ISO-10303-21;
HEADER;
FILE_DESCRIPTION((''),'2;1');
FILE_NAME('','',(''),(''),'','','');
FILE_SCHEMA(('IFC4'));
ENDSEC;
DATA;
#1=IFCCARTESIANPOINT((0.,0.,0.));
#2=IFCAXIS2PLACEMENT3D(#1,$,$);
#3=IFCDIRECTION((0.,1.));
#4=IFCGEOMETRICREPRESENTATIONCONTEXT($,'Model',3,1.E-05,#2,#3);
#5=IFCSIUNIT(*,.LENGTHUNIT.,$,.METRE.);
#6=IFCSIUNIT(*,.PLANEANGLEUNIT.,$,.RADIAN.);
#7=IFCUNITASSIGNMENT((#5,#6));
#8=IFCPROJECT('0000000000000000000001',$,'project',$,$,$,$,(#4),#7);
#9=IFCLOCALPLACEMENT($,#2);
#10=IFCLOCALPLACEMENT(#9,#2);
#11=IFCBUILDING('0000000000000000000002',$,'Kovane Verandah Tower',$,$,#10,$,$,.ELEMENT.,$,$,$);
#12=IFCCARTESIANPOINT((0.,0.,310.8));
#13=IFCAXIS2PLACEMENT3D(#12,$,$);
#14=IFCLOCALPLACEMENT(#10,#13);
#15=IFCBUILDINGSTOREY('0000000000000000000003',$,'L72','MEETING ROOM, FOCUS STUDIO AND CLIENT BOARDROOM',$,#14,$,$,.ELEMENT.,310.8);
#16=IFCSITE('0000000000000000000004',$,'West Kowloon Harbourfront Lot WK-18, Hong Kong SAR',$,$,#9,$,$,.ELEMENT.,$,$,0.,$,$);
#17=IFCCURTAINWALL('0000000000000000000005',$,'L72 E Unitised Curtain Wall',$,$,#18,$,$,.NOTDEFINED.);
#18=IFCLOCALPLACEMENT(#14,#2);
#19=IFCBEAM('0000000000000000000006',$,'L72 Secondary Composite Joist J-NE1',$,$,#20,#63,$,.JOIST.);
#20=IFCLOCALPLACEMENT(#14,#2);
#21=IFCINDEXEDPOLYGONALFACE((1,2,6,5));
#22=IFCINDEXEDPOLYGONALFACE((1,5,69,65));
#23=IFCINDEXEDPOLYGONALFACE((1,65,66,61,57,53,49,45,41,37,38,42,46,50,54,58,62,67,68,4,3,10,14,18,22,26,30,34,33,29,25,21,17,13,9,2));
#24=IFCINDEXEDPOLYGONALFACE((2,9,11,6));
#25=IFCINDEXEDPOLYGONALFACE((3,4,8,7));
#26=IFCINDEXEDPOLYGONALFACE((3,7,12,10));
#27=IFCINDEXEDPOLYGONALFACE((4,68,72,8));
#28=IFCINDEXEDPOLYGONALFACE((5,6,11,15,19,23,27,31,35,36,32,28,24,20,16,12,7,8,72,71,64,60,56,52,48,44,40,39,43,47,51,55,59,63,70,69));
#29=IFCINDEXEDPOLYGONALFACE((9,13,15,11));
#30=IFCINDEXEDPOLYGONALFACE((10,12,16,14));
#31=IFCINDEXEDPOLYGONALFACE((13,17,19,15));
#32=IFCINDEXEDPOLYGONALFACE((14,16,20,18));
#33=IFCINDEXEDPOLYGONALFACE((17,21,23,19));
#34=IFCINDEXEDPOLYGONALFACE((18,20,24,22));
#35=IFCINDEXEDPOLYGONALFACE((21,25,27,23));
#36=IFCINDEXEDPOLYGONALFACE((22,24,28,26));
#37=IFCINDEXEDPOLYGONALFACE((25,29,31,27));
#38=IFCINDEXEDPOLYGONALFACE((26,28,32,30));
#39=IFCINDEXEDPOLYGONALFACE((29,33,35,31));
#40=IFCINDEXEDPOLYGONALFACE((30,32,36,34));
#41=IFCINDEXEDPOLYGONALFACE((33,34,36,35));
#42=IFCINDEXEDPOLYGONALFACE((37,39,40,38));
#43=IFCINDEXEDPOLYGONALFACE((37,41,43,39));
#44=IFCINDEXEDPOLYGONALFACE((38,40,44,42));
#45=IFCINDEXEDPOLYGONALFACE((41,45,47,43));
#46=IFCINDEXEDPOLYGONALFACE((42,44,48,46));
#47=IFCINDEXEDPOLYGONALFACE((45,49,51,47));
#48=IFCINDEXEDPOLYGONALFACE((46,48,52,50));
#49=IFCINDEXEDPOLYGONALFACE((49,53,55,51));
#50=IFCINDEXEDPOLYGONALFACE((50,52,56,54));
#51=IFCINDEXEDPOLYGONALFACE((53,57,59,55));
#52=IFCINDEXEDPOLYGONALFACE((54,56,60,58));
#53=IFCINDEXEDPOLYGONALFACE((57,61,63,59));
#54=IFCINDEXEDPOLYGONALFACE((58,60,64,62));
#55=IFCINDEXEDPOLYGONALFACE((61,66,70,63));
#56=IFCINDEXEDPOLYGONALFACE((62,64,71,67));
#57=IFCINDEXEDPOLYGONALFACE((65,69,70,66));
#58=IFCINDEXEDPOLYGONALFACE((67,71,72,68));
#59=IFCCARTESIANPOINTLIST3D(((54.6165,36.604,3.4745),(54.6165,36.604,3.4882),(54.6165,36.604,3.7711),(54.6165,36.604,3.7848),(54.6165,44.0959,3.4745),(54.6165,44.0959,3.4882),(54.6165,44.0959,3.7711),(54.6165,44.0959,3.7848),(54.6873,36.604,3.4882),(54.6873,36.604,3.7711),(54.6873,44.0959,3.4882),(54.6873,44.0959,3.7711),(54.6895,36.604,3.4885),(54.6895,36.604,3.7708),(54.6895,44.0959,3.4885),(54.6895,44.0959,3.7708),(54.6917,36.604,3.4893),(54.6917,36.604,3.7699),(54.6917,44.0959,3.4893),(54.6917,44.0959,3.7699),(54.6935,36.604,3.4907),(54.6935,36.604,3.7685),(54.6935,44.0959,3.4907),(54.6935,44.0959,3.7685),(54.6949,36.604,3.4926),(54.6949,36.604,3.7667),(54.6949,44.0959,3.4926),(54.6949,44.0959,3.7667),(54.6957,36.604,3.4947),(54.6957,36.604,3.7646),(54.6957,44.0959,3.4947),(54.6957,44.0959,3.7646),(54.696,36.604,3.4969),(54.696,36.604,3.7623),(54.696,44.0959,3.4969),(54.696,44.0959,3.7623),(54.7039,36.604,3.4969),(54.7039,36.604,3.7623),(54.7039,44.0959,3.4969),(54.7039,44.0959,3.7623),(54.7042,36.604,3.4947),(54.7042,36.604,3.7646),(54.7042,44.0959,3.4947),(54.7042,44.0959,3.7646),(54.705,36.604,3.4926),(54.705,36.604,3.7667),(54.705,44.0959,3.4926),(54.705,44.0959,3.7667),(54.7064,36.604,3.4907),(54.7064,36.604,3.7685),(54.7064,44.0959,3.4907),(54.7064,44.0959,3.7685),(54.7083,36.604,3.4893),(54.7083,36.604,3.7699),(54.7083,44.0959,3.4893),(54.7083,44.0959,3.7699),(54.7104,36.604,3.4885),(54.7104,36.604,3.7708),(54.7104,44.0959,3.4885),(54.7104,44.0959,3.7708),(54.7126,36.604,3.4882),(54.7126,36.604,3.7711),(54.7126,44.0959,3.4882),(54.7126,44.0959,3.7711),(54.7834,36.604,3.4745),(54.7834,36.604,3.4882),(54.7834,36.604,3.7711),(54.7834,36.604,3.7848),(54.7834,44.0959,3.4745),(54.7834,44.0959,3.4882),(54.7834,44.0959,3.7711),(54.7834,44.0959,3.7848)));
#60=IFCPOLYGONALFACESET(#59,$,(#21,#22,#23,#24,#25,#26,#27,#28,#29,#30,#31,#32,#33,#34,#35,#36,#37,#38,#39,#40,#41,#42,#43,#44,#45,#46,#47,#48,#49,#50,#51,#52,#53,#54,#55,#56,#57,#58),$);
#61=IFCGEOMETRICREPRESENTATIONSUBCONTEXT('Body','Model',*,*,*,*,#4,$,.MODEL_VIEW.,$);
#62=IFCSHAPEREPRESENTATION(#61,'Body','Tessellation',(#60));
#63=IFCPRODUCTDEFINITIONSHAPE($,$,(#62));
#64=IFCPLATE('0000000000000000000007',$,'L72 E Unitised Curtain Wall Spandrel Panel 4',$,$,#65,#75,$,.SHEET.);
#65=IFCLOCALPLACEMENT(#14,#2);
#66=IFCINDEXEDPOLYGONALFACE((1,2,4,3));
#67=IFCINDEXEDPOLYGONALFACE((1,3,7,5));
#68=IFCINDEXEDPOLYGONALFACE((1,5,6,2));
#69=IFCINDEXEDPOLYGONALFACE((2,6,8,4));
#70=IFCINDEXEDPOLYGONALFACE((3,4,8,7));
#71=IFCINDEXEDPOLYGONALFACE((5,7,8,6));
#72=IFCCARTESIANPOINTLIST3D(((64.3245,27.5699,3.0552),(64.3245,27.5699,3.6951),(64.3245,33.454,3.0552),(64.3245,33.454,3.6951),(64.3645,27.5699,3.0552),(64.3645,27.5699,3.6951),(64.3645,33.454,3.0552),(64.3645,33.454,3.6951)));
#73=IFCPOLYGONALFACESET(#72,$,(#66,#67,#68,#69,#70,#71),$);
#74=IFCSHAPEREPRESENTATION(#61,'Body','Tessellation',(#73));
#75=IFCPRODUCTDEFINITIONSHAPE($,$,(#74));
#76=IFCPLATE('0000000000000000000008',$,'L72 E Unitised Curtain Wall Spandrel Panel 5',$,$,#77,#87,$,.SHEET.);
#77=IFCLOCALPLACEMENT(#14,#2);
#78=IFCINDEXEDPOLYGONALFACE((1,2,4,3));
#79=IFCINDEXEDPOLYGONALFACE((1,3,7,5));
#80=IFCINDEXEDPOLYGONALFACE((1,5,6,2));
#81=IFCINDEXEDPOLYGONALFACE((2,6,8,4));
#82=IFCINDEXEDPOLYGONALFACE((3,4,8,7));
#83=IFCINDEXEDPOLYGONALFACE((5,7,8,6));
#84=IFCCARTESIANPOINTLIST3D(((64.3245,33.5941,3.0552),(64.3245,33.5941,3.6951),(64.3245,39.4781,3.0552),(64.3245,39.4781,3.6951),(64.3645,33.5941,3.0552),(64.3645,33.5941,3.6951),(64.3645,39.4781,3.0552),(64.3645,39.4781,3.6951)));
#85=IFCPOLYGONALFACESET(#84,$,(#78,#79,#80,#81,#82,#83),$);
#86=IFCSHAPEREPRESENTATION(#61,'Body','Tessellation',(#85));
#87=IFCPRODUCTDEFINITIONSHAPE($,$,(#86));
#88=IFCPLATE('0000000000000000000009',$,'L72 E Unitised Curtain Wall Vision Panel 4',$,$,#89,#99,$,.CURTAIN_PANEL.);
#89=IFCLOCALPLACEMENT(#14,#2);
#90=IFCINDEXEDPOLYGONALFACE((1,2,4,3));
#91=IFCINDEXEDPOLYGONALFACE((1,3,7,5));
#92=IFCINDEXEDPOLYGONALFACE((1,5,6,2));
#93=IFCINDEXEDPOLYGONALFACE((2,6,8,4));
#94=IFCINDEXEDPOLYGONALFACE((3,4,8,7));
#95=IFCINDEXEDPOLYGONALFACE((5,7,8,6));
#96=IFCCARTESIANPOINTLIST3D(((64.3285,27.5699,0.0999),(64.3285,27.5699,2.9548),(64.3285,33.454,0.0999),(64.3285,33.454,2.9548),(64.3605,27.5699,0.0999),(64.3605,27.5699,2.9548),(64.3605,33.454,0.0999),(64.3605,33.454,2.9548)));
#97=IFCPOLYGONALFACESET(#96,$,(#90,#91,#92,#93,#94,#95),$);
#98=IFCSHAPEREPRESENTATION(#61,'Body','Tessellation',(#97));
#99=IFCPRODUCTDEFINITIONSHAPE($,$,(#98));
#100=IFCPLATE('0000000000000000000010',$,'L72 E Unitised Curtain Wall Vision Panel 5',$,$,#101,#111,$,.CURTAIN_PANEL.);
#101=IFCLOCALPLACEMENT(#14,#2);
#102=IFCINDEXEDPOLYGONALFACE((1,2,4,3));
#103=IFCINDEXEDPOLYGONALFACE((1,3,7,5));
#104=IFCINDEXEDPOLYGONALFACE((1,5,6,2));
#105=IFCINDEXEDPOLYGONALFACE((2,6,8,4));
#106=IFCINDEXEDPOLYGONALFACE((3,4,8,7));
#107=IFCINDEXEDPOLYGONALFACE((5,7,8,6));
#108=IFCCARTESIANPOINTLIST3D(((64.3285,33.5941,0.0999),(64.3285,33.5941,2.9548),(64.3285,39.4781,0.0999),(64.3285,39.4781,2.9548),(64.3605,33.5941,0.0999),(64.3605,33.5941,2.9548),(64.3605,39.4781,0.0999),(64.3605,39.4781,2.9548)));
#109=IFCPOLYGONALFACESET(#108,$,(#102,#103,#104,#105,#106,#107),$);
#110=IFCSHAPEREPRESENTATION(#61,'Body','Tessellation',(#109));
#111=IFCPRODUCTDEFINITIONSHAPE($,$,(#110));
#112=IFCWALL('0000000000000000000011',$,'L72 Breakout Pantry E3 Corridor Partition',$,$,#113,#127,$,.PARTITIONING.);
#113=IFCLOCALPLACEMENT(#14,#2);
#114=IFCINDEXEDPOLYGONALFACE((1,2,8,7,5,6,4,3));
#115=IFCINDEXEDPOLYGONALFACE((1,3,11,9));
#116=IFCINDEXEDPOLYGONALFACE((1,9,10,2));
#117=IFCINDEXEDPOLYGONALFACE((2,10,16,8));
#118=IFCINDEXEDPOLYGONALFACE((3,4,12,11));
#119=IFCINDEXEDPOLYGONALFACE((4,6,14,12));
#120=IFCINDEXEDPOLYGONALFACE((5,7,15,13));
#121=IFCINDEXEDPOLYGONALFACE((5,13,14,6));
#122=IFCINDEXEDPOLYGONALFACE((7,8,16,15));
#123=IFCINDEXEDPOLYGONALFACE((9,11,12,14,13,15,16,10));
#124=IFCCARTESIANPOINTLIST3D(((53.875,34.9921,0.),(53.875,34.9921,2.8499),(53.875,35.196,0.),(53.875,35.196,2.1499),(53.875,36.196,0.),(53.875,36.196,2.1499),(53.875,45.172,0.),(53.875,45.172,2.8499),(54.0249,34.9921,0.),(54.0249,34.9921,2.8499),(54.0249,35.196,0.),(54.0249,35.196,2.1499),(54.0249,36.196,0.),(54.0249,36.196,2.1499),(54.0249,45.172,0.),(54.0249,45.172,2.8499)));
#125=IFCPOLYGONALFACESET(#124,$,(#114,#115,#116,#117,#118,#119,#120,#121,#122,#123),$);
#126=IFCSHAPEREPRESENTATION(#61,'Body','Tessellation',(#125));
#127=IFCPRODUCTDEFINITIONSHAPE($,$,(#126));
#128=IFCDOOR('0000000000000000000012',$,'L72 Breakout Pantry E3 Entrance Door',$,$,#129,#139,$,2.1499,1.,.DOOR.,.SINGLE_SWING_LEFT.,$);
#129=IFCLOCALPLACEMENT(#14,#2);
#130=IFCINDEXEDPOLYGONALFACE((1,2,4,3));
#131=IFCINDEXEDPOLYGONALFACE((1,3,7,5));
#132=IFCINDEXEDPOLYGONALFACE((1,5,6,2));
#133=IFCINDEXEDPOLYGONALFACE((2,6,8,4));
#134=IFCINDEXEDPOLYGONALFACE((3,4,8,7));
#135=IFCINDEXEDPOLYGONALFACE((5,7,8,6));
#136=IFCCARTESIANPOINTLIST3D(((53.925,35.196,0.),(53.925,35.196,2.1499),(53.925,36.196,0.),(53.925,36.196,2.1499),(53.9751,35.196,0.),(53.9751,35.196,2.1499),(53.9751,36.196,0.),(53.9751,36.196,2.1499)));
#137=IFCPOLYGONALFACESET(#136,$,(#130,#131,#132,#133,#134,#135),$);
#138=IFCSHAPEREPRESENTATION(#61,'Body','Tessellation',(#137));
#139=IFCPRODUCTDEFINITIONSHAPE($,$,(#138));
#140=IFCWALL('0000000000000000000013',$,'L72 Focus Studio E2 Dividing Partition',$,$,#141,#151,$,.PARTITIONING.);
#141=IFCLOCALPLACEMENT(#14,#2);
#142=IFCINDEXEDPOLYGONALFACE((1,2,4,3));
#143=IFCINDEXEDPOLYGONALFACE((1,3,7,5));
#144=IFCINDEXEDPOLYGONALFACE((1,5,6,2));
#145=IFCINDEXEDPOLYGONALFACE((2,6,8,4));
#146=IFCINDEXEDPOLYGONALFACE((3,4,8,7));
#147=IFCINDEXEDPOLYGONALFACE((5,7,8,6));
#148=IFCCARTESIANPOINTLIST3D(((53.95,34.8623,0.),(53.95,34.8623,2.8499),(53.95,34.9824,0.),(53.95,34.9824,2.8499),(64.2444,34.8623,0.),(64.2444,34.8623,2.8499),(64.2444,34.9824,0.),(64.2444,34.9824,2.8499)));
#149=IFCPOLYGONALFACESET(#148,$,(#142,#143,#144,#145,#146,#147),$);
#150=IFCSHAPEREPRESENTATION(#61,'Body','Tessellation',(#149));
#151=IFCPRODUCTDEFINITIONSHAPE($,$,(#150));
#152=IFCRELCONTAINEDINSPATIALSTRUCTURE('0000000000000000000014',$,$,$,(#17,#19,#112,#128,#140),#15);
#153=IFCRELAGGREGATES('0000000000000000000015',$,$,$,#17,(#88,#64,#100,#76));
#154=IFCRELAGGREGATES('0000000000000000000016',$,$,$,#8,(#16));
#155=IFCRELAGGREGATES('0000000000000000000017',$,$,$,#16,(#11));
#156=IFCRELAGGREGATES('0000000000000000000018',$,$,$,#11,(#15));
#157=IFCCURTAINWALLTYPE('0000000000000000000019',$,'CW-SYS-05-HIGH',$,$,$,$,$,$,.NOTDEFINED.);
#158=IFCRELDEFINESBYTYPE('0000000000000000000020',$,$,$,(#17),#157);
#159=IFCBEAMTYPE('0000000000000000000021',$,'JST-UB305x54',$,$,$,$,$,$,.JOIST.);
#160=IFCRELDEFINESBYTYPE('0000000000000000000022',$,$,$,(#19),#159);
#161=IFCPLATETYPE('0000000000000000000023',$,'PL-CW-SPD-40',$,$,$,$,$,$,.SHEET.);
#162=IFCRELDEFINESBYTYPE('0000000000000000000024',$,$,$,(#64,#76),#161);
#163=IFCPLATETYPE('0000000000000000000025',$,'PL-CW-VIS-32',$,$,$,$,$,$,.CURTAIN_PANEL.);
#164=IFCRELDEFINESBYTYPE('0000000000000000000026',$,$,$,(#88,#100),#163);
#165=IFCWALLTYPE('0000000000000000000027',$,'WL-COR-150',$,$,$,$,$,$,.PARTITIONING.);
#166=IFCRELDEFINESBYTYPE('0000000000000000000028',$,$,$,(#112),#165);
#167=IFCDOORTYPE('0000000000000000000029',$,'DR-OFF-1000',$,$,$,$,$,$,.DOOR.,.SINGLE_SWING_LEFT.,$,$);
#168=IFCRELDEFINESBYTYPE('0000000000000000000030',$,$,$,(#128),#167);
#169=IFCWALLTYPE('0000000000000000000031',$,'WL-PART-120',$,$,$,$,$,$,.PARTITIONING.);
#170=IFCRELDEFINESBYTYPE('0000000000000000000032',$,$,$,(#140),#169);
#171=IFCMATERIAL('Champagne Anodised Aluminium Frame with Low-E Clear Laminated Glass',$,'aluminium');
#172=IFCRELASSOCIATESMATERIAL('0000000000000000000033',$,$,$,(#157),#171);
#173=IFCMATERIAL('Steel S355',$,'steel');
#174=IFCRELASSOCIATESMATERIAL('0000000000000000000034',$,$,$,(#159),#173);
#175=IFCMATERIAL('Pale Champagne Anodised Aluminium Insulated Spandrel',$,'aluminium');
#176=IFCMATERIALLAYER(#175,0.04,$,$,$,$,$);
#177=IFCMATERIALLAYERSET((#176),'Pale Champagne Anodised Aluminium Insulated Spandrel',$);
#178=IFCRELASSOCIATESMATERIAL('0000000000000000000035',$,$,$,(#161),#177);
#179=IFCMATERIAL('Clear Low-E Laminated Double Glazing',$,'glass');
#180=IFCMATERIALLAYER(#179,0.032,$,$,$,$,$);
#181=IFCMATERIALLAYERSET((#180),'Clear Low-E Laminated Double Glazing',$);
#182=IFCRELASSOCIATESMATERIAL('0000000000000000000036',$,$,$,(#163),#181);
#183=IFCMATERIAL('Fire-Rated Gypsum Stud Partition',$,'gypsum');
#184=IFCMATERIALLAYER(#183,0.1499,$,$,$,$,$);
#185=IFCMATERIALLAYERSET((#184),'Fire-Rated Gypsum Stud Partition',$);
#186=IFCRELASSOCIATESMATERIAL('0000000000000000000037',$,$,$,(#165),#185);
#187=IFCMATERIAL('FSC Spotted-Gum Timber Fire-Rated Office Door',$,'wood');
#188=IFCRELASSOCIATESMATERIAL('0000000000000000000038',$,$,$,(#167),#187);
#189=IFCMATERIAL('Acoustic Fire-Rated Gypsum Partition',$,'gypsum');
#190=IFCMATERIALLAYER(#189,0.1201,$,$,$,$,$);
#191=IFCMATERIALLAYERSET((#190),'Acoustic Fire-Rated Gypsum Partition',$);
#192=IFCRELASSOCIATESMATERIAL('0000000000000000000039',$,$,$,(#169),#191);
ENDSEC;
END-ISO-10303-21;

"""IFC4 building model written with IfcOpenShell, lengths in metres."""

from ifc_helpers import new_model, si_unit, direction, frame, frame_2d, origin, origin_2d, place, context, subcontext, project, spatial, rectangle, i_section, extrude, material, layer, layer_set, material_profile, profile_set, type_object, element, fill, aggregate, save


model = new_model("IFC4")

# Units and contexts
model_context = context("Model", 3, precision=1e-05, world=origin(), true_north=direction((0.0, 1.0)))
body_context = subcontext(model_context, "Body", "Model", "MODEL_VIEW")
ifc_project = project(units=[si_unit("LENGTHUNIT", "METRE"), si_unit("PLANEANGLEUNIT", "RADIAN")], contexts=[model_context])

# Site, building, storey
site_placement = place(None, origin())
site = spatial("IfcSite", under=ifc_project, at=site_placement, Name="West Kowloon Harbourfront Lot WK-18, Hong Kong SAR", CompositionType="ELEMENT", RefElevation=0.0)
building_placement = place(site_placement, origin())
building = spatial("IfcBuilding", under=site, at=building_placement, Name="Kovane Verandah Tower", CompositionType="ELEMENT")
storey_placement = place(building_placement, frame((0.0, 0.0, 310.8)))
storey = spatial("IfcBuildingStorey", under=building, at=storey_placement, Name="L72", Description="MEETING ROOM, FOCUS STUDIO AND CLIENT BOARDROOM", CompositionType="ELEMENT", Elevation=310.8)

# Shared definitions
ifc_material_1 = material(Name="Steel S355", Category="steel")

# Curtain wall
ifc_material_2 = material(Name="Champagne Anodised Aluminium Frame with Low-E Clear Laminated Glass", Category="aluminium")
curtain_wall_type = type_object("IfcCurtainWallType", Name="CW-SYS-05-HIGH", PredefinedType="NOTDEFINED", material=ifc_material_2)
curtain_wall_placement = place(storey_placement, origin())
curtain_wall = element("IfcCurtainWall", 1, at=curtain_wall_placement, inside=storey, type_object=curtain_wall_type, Name="L72 E Unitised Curtain Wall", PredefinedType="NOTDEFINED")

# Beam
ifc_material_profile_1 = material_profile(ifc_material_1, i_section(OverallWidth=0.167, OverallDepth=0.3103, WebThickness=0.0078, FlangeThickness=0.0137, FilletRadius=0.0088, at=origin_2d()), Name="UB305x165x54")
ifc_profile_set_1 = profile_set([ifc_material_profile_1], Name="Steel S355")
beam_type_1 = type_object("IfcBeamType", Name="JST-UB305x54", PredefinedType="JOIST", material=ifc_profile_set_1)
beam_1_placement = place(storey_placement, frame((54.7, 36.604, 3.6296), z_axis=(0.0, 1.0, 0.0), x_axis=(-1.0, 0.0, 0.0)))
element("IfcBeam", 2, at=beam_1_placement, inside=storey, type_object=beam_type_1, Name="L72 Secondary Composite Joist J-NE1", PredefinedType="JOIST", context=body_context, shape_type="SweptSolid", body=[
    extrude(i_section(OverallWidth=0.167, OverallDepth=0.3103, WebThickness=0.0078, FlangeThickness=0.0137, FilletRadius=0.0088, at=origin_2d()), origin(), (0.0, 0.0, 1.0), 7.4919),
])

# Plates
ifc_material_3 = material(Name="Pale Champagne Anodised Aluminium Insulated Spandrel", Category="aluminium")
ifc_layer_1 = layer(ifc_material_3, 0.04)
ifc_layer_set_1 = layer_set([ifc_layer_1], Name="Pale Champagne Anodised Aluminium Insulated Spandrel")
plate_type_1 = type_object("IfcPlateType", Name="PL-CW-SPD-40", PredefinedType="SHEET", material=ifc_layer_set_1)
plate_1_placement = place(storey_placement, frame((64.3445, 30.512, 3.0552), z_axis=(0.0, 0.0, 1.0), x_axis=(0.0, 1.0, 0.0)))
plate_1 = element("IfcPlate", 3, at=plate_1_placement, type_object=plate_type_1, Name="L72 E Unitised Curtain Wall Spandrel Panel 4", PredefinedType="SHEET", context=body_context, shape_type="SweptSolid", body=[
    extrude(rectangle(XDim=5.884, YDim=0.04, at=origin_2d()), origin(), (0.0, 0.0, 1.0), 0.6399),
])
plate_2_placement = place(storey_placement, frame((64.3445, 36.5361, 3.0552), z_axis=(0.0, 0.0, 1.0), x_axis=(0.0, 1.0, 0.0)))
plate_2 = element("IfcPlate", 4, at=plate_2_placement, type_object=plate_type_1, Name="L72 E Unitised Curtain Wall Spandrel Panel 5", PredefinedType="SHEET", context=body_context, shape_type="SweptSolid", body=[
    extrude(rectangle(XDim=5.884, YDim=0.04, at=origin_2d()), origin(), (0.0, 0.0, 1.0), 0.6399),
])
ifc_material_4 = material(Name="Clear Low-E Laminated Double Glazing", Category="glass")
ifc_layer_2 = layer(ifc_material_4, 0.032)
ifc_layer_set_2 = layer_set([ifc_layer_2], Name="Clear Low-E Laminated Double Glazing")
plate_type_2 = type_object("IfcPlateType", Name="PL-CW-VIS-32", PredefinedType="CURTAIN_PANEL", material=ifc_layer_set_2)
plate_3_placement = place(storey_placement, frame((64.3445, 30.512, 0.0999), z_axis=(0.0, 0.0, 1.0), x_axis=(0.0, 1.0, 0.0)))
plate_3 = element("IfcPlate", 5, at=plate_3_placement, type_object=plate_type_2, Name="L72 E Unitised Curtain Wall Vision Panel 4", PredefinedType="CURTAIN_PANEL", context=body_context, shape_type="SweptSolid", body=[
    extrude(rectangle(XDim=5.884, YDim=0.032, at=origin_2d()), origin(), (0.0, 0.0, 1.0), 2.855),
])
plate_4_placement = place(storey_placement, frame((64.3445, 36.5361, 0.0999), z_axis=(0.0, 0.0, 1.0), x_axis=(0.0, 1.0, 0.0)))
plate_4 = element("IfcPlate", 6, at=plate_4_placement, type_object=plate_type_2, Name="L72 E Unitised Curtain Wall Vision Panel 5", PredefinedType="CURTAIN_PANEL", context=body_context, shape_type="SweptSolid", body=[
    extrude(rectangle(XDim=5.884, YDim=0.032, at=origin_2d()), origin(), (0.0, 0.0, 1.0), 2.855),
])
aggregate(curtain_wall, [plate_3, plate_1, plate_4, plate_2])

# Wall, opening, door
ifc_material_5 = material(Name="Fire-Rated Gypsum Stud Partition", Category="gypsum")
ifc_layer_3 = layer(ifc_material_5, 0.1499)
ifc_layer_set_3 = layer_set([ifc_layer_3], Name="Fire-Rated Gypsum Stud Partition")
wall_type_1 = type_object("IfcWallType", Name="WL-COR-150", PredefinedType="PARTITIONING", material=ifc_layer_set_3)
wall_1_placement = place(storey_placement, frame((53.95, 34.9922, 0.0), z_axis=(0.0, 0.0, 1.0), x_axis=(0.0, 1.0, 0.0)))
wall_1 = element("IfcWall", 7, at=wall_1_placement, inside=storey, type_object=wall_type_1, Name="L72 Breakout Pantry E3 Corridor Partition", PredefinedType="PARTITIONING", context=body_context, shape_type="SweptSolid", body=[
    extrude(rectangle(XDim=10.1799, YDim=0.1499, at=frame_2d((5.0898, 0.0))), origin(), (0.0, 0.0, 1.0), 2.8499),
])
opening_placement = place(wall_1_placement, frame((0.2039, 0.0, 0.0)))
opening = element("IfcOpeningElement", 8, at=opening_placement, cuts=wall_1, PredefinedType="OPENING", context=body_context, shape_type="SweptSolid", body=[
    extrude(rectangle(XDim=1.0, YDim=2.1499, at=frame_2d((0.5, 1.075))), frame((0.0, 0.075, 0.0), z_axis=(0.0, -1.0, 0.0), x_axis=(1.0, 0.0, 0.0)), (0.0, 0.0, 1.0), 0.1499),
])
ifc_material_6 = material(Name="FSC Spotted-Gum Timber Fire-Rated Office Door", Category="wood")
door_type = type_object("IfcDoorType", Name="DR-OFF-1000", OperationType="SINGLE_SWING_LEFT", PredefinedType="DOOR", material=ifc_material_6)
door_placement = place(opening_placement, origin())
door = element("IfcDoor", 9, at=door_placement, inside=storey, type_object=door_type, Name="L72 Breakout Pantry E3 Entrance Door", OperationType="SINGLE_SWING_LEFT", OverallHeight=2.1499, OverallWidth=1.0, PredefinedType="DOOR", context=body_context, shape_type="SweptSolid", body=[
    extrude(rectangle(XDim=1.0, YDim=2.1499, at=frame_2d((0.5, 1.075))), frame((0.0, 0.0249, 0.0), z_axis=(0.0, -1.0, 0.0), x_axis=(1.0, 0.0, 0.0)), (0.0, 0.0, 1.0), 0.05),
])
fill(opening, door)

# Wall
ifc_material_7 = material(Name="Acoustic Fire-Rated Gypsum Partition", Category="gypsum")
ifc_layer_4 = layer(ifc_material_7, 0.1201)
ifc_layer_set_4 = layer_set([ifc_layer_4], Name="Acoustic Fire-Rated Gypsum Partition")
wall_type_2 = type_object("IfcWallType", Name="WL-PART-120", PredefinedType="PARTITIONING", material=ifc_layer_set_4)
wall_2_placement = place(storey_placement, frame((53.95, 34.9224, 0.0), z_axis=(0.0, 0.0, 1.0), x_axis=(1.0, 0.0, 0.0)))
element("IfcWall", 10, at=wall_2_placement, inside=storey, type_object=wall_type_2, Name="L72 Focus Studio E2 Dividing Partition", PredefinedType="PARTITIONING", context=body_context, shape_type="SweptSolid", body=[
    extrude(rectangle(XDim=10.2944, YDim=0.1201, at=frame_2d((5.1472, 0.0))), origin(), (0.0, 0.0, 1.0), 2.8499),
])

save(model, "model.ifc")
